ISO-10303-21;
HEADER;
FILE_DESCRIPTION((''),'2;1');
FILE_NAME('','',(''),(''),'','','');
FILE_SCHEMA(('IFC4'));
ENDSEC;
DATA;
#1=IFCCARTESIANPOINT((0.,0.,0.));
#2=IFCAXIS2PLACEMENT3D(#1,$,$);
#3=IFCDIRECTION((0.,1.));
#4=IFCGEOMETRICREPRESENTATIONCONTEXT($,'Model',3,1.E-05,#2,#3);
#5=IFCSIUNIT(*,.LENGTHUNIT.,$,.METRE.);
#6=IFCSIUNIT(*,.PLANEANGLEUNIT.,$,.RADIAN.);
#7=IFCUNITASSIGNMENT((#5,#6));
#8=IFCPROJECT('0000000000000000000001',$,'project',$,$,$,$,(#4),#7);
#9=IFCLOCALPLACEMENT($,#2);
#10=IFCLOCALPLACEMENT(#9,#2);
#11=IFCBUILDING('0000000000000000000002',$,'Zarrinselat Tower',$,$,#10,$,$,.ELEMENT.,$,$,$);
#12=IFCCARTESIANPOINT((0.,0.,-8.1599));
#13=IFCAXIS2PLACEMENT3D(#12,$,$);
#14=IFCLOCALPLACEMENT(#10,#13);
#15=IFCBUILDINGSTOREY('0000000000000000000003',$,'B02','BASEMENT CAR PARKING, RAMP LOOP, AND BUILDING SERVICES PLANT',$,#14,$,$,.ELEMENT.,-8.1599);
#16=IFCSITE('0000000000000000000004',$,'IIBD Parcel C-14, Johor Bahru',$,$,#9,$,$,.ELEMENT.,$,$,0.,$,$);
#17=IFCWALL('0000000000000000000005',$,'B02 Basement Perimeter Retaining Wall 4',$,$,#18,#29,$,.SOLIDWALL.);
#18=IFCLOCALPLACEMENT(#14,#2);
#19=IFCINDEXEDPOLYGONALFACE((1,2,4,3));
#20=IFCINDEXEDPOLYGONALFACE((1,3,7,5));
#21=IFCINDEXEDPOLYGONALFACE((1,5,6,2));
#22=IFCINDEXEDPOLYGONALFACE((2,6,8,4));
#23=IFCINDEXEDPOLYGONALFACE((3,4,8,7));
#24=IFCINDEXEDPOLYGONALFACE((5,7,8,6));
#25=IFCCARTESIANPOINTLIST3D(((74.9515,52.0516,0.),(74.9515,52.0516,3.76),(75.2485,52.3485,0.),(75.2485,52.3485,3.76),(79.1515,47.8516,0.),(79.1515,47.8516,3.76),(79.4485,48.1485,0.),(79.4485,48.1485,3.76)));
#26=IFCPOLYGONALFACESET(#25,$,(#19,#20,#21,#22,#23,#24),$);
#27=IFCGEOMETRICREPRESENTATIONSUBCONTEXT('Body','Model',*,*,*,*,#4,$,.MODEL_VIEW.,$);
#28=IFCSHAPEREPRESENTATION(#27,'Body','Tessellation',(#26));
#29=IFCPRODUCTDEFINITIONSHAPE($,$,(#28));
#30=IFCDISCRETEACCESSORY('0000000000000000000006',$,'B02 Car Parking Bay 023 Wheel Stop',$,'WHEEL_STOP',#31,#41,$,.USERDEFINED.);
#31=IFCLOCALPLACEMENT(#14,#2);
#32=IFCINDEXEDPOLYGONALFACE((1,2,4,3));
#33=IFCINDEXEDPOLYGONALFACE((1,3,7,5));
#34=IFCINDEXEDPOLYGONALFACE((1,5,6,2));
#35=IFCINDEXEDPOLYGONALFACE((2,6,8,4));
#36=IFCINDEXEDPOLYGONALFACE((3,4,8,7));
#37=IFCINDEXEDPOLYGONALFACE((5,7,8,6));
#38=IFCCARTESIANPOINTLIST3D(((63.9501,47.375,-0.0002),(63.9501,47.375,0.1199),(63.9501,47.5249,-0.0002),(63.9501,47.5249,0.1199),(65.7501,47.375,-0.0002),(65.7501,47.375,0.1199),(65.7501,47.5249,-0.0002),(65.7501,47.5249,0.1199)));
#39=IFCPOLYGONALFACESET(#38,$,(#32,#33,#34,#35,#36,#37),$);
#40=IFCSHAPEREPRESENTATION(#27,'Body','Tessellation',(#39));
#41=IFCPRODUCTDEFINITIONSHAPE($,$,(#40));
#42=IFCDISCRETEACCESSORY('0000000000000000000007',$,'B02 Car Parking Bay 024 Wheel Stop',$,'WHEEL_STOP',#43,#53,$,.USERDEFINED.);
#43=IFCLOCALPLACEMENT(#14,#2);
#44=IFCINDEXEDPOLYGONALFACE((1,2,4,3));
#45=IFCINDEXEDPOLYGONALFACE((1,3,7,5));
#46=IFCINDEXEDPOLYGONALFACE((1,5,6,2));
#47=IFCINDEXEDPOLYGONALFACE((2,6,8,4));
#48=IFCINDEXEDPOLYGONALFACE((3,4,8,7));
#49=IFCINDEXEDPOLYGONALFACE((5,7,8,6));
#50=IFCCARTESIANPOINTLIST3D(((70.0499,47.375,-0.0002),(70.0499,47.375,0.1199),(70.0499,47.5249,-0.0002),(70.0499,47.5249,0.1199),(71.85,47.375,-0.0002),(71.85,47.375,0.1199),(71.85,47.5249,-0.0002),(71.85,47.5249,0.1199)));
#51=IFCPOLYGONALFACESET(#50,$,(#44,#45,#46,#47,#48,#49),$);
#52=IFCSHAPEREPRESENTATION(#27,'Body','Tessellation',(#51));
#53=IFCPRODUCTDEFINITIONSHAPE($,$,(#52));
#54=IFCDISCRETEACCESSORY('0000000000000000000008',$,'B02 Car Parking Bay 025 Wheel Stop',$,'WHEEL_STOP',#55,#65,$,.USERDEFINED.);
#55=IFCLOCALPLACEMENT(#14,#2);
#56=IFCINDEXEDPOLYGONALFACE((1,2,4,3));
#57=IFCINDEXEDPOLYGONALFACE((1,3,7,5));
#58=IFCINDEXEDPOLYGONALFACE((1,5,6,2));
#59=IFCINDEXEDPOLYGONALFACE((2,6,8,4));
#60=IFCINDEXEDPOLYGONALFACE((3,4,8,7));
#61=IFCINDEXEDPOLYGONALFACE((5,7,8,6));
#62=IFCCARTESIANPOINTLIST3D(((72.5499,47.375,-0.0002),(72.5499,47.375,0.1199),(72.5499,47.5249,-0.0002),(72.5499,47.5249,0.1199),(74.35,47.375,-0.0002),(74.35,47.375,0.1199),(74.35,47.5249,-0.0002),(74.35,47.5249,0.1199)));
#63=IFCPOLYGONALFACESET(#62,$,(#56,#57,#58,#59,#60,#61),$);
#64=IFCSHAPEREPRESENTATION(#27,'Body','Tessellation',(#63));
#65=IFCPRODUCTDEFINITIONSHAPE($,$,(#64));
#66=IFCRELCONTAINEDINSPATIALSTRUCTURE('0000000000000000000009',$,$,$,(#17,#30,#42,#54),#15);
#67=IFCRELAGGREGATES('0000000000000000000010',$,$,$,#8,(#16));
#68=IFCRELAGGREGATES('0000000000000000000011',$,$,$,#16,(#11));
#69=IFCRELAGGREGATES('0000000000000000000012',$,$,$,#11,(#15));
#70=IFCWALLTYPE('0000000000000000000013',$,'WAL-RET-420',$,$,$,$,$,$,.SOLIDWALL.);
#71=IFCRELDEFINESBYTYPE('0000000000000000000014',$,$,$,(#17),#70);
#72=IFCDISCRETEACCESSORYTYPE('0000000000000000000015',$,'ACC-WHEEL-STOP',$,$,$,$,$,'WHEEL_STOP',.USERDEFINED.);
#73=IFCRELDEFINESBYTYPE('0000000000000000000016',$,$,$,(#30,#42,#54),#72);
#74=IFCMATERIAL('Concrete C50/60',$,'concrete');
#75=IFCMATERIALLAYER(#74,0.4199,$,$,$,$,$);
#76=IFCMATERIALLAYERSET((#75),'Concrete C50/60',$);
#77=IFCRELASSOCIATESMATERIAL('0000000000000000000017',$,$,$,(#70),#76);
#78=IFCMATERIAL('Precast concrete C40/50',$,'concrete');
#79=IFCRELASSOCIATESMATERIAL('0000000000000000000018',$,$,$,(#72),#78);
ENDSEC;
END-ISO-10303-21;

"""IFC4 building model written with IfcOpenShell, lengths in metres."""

from ifc_helpers import new_model, si_unit, direction, frame, frame_2d, origin, origin_2d, place, context, subcontext, project, spatial, rectangle, extrude, material, layer, layer_set, type_object, element, save


model = new_model("IFC4")

# Units and contexts
model_context = context("Model", 3, precision=1e-05, world=origin(), true_north=direction((0.0, 1.0)))
body_context = subcontext(model_context, "Body", "Model", "MODEL_VIEW")
ifc_project = project(units=[si_unit("LENGTHUNIT", "METRE"), si_unit("PLANEANGLEUNIT", "RADIAN")], contexts=[model_context])

# Site, building, storey
site_placement = place(None, origin())
site = spatial("IfcSite", under=ifc_project, at=site_placement, Name="IIBD Parcel C-14, Johor Bahru", CompositionType="ELEMENT", RefElevation=0.0)
building_placement = place(site_placement, origin())
building = spatial("IfcBuilding", under=site, at=building_placement, Name="Zarrinselat Tower", CompositionType="ELEMENT")
storey_placement = place(building_placement, frame((0.0, 0.0, -8.1599)))
storey = spatial("IfcBuildingStorey", under=building, at=storey_placement, Name="B02", Description="BASEMENT CAR PARKING, RAMP LOOP, AND BUILDING SERVICES PLANT", CompositionType="ELEMENT", Elevation=-8.1599)

# Wall
ifc_material_1 = material(Name="Concrete C50/60", Category="concrete")
ifc_layer_1 = layer(ifc_material_1, 0.4199)
ifc_layer_set_1 = layer_set([ifc_layer_1], Name="Concrete C50/60")
wall_type_1 = type_object("IfcWallType", Name="WAL-RET-420", PredefinedType="SOLIDWALL", material=ifc_layer_set_1)
wall_1_placement = place(storey_placement, frame((75.1001, 52.2, 0.0), z_axis=(0.0, 0.0, 1.0), x_axis=(0.707107, -0.707107, 0.0)))
element("IfcWall", 1, at=wall_1_placement, inside=storey, type_object=wall_type_1, Name="B02 Basement Perimeter Retaining Wall 4", PredefinedType="SOLIDWALL", context=body_context, shape_type="SweptSolid", body=[
    extrude(rectangle(XDim=5.9397, YDim=0.4199, at=frame_2d((2.9697, 0.0))), origin(), (0.0, 0.0, 1.0), 3.76),
])

# Discrete accessories
ifc_material_2 = material(Name="Precast concrete C40/50", Category="concrete")
discrete_accessory_type = type_object("IfcDiscreteAccessoryType", Name="ACC-WHEEL-STOP", ElementType="WHEEL_STOP", PredefinedType="USERDEFINED", material=ifc_material_2)
for number, where, z_axis, x_axis, name in (
    (2, (64.8501, 47.45, -0.0002), (0.0, 0.0, 1.0), (1.0, 0.0, 0.0), "B02 Car Parking Bay 023 Wheel Stop"),
    (3, (70.95, 47.45, -0.0002), (0.0, 0.0, 1.0), (1.0, 0.0, 0.0), "B02 Car Parking Bay 024 Wheel Stop"),
    (4, (73.45, 47.45, -0.0002), (0.0, 0.0, 1.0), (1.0, 0.0, 0.0), "B02 Car Parking Bay 025 Wheel Stop"),
):
    element("IfcDiscreteAccessory", number, at=place(storey_placement, frame(where, z_axis=z_axis, x_axis=x_axis)), inside=storey, type_object=discrete_accessory_type, Name=name, ObjectType="WHEEL_STOP", PredefinedType="USERDEFINED", context=body_context, shape_type="SweptSolid", body=[
        extrude(rectangle(XDim=1.8, YDim=0.1499, at=origin_2d()), origin(), (0.0, 0.0, 1.0), 0.1201),
    ])

save(model, "model.ifc")
